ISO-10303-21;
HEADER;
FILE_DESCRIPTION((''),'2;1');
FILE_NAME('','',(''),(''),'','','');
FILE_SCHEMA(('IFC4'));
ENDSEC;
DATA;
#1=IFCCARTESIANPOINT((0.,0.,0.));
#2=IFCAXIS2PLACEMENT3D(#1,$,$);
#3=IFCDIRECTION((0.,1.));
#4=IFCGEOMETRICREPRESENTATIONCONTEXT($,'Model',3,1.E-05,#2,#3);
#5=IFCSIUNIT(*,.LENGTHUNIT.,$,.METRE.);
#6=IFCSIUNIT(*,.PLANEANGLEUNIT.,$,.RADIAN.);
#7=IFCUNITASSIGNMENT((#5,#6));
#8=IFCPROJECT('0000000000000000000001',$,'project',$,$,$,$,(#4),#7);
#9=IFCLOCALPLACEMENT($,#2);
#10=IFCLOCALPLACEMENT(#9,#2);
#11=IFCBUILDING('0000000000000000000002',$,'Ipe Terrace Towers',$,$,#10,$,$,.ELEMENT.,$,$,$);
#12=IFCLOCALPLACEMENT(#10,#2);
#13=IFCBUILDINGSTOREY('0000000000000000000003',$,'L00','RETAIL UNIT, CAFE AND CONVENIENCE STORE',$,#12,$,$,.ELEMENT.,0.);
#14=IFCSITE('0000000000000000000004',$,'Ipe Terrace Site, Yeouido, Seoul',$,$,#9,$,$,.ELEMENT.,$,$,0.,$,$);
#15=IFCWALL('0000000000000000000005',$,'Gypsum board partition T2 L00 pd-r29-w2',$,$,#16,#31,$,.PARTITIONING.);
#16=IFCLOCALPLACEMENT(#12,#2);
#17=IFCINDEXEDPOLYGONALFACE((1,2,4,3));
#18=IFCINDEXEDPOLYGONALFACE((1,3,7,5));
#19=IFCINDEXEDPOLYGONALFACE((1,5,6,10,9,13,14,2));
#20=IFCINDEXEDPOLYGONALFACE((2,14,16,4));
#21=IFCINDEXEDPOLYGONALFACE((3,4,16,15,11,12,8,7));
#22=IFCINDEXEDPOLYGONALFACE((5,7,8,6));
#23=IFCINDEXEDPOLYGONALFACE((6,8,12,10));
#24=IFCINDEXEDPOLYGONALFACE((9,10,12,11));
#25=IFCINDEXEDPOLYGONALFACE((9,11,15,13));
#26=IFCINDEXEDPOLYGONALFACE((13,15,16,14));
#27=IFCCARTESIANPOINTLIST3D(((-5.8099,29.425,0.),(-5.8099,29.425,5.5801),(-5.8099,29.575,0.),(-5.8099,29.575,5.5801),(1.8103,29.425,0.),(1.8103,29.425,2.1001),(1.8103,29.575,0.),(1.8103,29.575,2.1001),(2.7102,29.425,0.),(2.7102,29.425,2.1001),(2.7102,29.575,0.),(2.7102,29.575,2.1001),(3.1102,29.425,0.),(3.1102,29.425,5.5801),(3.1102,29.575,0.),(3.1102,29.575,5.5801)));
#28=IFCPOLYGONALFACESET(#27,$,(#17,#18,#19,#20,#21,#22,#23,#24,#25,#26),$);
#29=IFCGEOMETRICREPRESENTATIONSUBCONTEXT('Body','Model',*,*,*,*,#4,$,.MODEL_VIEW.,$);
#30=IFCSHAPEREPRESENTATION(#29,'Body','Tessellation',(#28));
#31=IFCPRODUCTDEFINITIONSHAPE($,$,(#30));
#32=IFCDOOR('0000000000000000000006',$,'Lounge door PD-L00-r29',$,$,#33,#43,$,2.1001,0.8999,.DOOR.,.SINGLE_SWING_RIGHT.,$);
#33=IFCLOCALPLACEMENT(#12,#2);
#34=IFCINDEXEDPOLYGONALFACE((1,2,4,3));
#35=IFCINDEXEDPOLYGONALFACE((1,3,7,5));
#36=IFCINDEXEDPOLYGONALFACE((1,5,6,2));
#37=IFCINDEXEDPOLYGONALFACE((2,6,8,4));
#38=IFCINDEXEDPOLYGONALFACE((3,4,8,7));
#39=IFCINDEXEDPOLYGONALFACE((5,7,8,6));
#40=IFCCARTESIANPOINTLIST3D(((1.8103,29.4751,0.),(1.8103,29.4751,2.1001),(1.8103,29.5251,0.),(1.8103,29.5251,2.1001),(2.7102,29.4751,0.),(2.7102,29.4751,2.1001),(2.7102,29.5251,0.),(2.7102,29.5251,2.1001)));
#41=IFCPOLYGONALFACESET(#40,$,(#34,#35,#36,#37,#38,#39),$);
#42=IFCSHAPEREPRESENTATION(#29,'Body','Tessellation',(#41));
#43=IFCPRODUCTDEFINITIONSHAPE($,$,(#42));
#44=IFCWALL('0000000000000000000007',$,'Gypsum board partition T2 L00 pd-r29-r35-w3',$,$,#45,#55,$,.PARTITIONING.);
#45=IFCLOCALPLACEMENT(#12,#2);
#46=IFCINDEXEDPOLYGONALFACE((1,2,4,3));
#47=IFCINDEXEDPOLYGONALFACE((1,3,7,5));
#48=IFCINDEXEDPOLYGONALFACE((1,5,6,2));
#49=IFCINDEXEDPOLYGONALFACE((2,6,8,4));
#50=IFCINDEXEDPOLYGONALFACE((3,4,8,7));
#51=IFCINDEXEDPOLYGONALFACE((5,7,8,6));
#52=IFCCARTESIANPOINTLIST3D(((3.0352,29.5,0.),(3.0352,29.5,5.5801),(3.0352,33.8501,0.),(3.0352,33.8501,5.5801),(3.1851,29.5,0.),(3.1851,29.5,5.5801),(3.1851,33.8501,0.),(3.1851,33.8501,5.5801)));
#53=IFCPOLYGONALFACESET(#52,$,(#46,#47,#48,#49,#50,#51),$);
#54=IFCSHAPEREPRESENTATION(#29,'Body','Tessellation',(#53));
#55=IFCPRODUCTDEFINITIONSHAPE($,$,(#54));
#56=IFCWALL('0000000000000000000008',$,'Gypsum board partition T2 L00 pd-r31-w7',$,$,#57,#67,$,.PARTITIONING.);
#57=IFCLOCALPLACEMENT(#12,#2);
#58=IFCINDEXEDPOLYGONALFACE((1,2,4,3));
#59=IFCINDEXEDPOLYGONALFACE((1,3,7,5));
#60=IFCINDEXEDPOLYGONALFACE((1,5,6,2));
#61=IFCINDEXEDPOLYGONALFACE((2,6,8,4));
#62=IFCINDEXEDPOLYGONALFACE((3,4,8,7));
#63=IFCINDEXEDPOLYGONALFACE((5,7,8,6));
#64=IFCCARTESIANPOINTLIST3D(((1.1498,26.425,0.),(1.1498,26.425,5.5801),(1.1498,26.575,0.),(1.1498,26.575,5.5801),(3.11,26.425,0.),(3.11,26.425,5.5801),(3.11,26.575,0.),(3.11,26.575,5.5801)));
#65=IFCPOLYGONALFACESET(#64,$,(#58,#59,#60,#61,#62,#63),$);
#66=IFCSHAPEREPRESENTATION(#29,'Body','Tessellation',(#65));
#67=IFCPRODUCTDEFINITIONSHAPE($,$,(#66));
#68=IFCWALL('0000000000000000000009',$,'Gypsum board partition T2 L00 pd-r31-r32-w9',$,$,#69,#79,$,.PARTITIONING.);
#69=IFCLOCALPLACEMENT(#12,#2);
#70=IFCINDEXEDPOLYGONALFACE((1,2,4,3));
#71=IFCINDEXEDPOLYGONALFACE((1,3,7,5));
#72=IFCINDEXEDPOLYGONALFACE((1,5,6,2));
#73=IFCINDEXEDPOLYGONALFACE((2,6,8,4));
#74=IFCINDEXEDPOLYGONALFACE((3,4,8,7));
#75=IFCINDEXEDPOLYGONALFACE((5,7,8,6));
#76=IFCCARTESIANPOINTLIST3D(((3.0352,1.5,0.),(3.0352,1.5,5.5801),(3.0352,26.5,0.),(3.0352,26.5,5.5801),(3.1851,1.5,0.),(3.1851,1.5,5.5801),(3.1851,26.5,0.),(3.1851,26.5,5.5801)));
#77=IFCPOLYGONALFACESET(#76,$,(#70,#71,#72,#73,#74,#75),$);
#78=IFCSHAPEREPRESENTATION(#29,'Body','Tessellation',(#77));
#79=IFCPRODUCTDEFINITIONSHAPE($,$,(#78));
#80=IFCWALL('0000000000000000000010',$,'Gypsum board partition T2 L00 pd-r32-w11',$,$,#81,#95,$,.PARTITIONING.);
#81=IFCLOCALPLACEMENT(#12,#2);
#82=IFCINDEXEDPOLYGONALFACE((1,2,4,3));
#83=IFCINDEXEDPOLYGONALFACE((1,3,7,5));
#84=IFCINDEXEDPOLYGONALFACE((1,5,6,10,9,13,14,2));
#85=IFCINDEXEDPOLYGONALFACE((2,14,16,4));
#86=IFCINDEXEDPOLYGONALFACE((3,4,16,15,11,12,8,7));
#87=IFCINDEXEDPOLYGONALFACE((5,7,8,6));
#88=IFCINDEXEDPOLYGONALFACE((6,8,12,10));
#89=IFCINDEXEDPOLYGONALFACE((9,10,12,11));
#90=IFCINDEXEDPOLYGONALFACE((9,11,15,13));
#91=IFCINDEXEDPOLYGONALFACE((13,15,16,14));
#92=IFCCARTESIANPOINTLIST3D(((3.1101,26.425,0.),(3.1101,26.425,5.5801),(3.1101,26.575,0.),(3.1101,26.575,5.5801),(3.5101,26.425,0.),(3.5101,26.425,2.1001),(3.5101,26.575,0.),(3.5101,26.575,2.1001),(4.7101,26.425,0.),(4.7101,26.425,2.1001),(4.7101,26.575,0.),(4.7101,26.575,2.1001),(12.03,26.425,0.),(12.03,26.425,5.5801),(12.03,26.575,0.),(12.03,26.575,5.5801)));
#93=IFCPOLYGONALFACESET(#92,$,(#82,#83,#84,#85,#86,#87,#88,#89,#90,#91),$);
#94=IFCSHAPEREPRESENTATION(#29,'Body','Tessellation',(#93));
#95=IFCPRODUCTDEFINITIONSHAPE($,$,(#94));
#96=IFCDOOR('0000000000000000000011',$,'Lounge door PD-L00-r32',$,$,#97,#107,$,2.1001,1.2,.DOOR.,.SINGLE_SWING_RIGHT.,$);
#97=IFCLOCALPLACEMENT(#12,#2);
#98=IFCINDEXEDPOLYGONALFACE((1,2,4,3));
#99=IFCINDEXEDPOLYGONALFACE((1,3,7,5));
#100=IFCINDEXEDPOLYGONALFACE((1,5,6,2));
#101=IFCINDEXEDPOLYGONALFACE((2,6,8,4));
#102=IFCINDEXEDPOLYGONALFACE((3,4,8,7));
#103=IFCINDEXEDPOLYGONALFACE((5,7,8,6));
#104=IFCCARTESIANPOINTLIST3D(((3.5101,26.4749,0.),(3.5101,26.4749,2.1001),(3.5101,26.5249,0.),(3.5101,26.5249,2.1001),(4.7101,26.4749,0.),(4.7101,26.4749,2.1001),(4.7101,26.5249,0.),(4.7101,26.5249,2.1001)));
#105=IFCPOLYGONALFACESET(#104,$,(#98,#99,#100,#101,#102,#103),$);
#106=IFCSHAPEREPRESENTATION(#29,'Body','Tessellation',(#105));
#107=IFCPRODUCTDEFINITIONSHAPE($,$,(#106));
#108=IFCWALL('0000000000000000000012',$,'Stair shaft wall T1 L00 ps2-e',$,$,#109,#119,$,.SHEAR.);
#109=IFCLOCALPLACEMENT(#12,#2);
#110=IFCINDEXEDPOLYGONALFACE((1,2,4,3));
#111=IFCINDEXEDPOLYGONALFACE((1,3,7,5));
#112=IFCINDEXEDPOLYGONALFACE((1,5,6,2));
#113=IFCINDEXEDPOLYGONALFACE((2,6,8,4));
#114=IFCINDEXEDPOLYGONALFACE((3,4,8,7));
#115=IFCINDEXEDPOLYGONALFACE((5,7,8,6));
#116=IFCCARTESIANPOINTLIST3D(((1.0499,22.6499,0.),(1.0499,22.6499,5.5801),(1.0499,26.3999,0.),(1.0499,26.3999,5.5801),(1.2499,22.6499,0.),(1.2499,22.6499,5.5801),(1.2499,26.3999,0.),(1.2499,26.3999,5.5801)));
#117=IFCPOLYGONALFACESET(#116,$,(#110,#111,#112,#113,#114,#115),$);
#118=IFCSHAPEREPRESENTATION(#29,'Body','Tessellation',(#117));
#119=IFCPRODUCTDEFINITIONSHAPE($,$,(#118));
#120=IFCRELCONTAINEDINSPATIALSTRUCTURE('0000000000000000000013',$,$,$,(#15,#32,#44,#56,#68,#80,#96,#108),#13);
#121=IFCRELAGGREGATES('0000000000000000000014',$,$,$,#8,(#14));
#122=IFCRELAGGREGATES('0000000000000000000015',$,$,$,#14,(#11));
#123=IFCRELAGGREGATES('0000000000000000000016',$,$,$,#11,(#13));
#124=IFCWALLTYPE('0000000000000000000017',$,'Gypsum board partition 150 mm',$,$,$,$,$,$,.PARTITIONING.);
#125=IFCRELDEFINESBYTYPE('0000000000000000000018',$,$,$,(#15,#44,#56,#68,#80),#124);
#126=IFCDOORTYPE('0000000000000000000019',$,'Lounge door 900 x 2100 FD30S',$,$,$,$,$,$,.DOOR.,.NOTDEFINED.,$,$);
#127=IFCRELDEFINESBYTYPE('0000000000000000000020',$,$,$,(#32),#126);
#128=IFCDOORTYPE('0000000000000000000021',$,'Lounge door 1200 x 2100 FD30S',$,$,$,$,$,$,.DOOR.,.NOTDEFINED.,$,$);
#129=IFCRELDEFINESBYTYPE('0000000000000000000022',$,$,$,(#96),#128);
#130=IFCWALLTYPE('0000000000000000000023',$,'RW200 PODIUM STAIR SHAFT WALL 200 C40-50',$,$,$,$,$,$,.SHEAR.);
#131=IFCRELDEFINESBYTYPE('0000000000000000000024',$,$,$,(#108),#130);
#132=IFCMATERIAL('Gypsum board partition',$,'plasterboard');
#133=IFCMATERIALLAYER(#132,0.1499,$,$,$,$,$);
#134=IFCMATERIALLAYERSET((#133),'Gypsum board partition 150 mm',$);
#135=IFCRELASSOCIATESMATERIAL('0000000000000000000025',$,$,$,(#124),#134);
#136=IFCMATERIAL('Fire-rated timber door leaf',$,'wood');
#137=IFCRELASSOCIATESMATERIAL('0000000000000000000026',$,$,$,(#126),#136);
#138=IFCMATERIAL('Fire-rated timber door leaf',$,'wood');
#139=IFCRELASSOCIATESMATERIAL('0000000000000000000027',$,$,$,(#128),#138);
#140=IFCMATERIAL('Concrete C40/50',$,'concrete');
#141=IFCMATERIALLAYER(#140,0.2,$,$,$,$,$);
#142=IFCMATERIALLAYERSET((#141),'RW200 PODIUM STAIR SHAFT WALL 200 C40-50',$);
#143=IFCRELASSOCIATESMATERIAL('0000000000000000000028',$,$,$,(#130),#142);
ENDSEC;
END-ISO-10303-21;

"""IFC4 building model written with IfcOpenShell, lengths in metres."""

from ifc_helpers import new_model, si_unit, direction, frame, frame_2d, origin, place, context, subcontext, project, spatial, rectangle, extrude, material, layer, layer_set, type_object, element, fill, save


model = new_model("IFC4")

# Units and contexts
model_context = context("Model", 3, precision=1e-05, world=origin(), true_north=direction((0.0, 1.0)))
body_context = subcontext(model_context, "Body", "Model", "MODEL_VIEW")
ifc_project = project(units=[si_unit("LENGTHUNIT", "METRE"), si_unit("PLANEANGLEUNIT", "RADIAN")], contexts=[model_context])

# Site, building, storey
site_placement = place(None, origin())
site = spatial("IfcSite", under=ifc_project, at=site_placement, Name="Ipe Terrace Site, Yeouido, Seoul", CompositionType="ELEMENT", RefElevation=0.0)
building_placement = place(site_placement, origin())
building = spatial("IfcBuilding", under=site, at=building_placement, Name="Ipe Terrace Towers", CompositionType="ELEMENT")
storey_placement = place(building_placement, origin())
storey = spatial("IfcBuildingStorey", under=building, at=storey_placement, Name="L00", Description="RETAIL UNIT, CAFE AND CONVENIENCE STORE", CompositionType="ELEMENT", Elevation=0.0)

# Wall, opening, door
ifc_material_1 = material(Name="Gypsum board partition", Category="plasterboard")
ifc_layer_1 = layer(ifc_material_1, 0.1499)
ifc_layer_set_1 = layer_set([ifc_layer_1], Name="Gypsum board partition 150 mm")
wall_type_1 = type_object("IfcWallType", Name="Gypsum board partition 150 mm", PredefinedType="PARTITIONING", material=ifc_layer_set_1)
wall_1_placement = place(storey_placement, frame((3.1101, 29.5, 0.0), z_axis=(0.0, 0.0, 1.0), x_axis=(-1.0, 0.0, 0.0)))
wall_1 = element("IfcWall", 1, at=wall_1_placement, inside=storey, type_object=wall_type_1, Name="Gypsum board partition T2 L00 pd-r29-w2", PredefinedType="PARTITIONING", context=body_context, shape_type="SweptSolid", body=[
    extrude(rectangle(XDim=8.9202, YDim=0.1499, at=frame_2d((4.46, 0.0))), origin(), (0.0, 0.0, 1.0), 5.5801),
])
opening_1_placement = place(wall_1_placement, frame((0.3999, 0.0, 0.0)))
opening_1 = element("IfcOpeningElement", 2, at=opening_1_placement, cuts=wall_1, PredefinedType="OPENING", context=body_context, shape_type="SweptSolid", body=[
    extrude(rectangle(XDim=0.8999, YDim=2.1001, at=frame_2d((0.45, 1.05))), frame((0.0, 0.085, 0.0), z_axis=(0.0, -1.0, 0.0), x_axis=(1.0, 0.0, 0.0)), (0.0, 0.0, 1.0), 0.1699),
])
ifc_material_2 = material(Name="Fire-rated timber door leaf", Category="wood")
door_type_1 = type_object("IfcDoorType", Name="Lounge door 900 x 2100 FD30S", OperationType="NOTDEFINED", PredefinedType="DOOR", material=ifc_material_2)
door_1_placement = place(opening_1_placement, origin())
door_1 = element("IfcDoor", 3, at=door_1_placement, inside=storey, type_object=door_type_1, Name="Lounge door PD-L00-r29", OperationType="SINGLE_SWING_RIGHT", OverallHeight=2.1001, OverallWidth=0.8999, PredefinedType="DOOR", context=body_context, shape_type="SweptSolid", body=[
    extrude(rectangle(XDim=0.8999, YDim=2.1001, at=frame_2d((0.45, 1.05))), frame((0.0, 0.0249, 0.0), z_axis=(0.0, -1.0, 0.0), x_axis=(1.0, 0.0, 0.0)), (0.0, 0.0, 1.0), 0.05),
])
fill(opening_1, door_1)

# Walls
wall_2_placement = place(storey_placement, frame((3.1101, 33.8501, 0.0), z_axis=(0.0, 0.0, 1.0), x_axis=(0.0, -1.0, 0.0)))
element("IfcWall", 4, at=wall_2_placement, inside=storey, type_object=wall_type_1, Name="Gypsum board partition T2 L00 pd-r29-r35-w3", PredefinedType="PARTITIONING", context=body_context, shape_type="SweptSolid", body=[
    extrude(rectangle(XDim=4.3501, YDim=0.1499, at=frame_2d((2.175, 0.0))), origin(), (0.0, 0.0, 1.0), 5.5801),
])
wall_3_placement = place(storey_placement, frame((1.1499, 26.5, 0.0), z_axis=(0.0, 0.0, 1.0), x_axis=(1.0, 0.0, 0.0)))
element("IfcWall", 5, at=wall_3_placement, inside=storey, type_object=wall_type_1, Name="Gypsum board partition T2 L00 pd-r31-w7", PredefinedType="PARTITIONING", context=body_context, shape_type="SweptSolid", body=[
    extrude(rectangle(XDim=1.9602, YDim=0.1499, at=frame_2d((0.98, 0.0))), origin(), (0.0, 0.0, 1.0), 5.5801),
])
wall_4_placement = place(storey_placement, frame((3.1101, 26.5, 0.0), z_axis=(0.0, 0.0, 1.0), x_axis=(0.0, -1.0, 0.0)))
element("IfcWall", 6, at=wall_4_placement, inside=storey, type_object=wall_type_1, Name="Gypsum board partition T2 L00 pd-r31-r32-w9", PredefinedType="PARTITIONING", context=body_context, shape_type="SweptSolid", body=[
    extrude(rectangle(XDim=25.0, YDim=0.1499, at=frame_2d((12.5, 0.0))), origin(), (0.0, 0.0, 1.0), 5.5801),
])

# Wall, opening, door
wall_5_placement = place(storey_placement, frame((3.1101, 26.5, 0.0), z_axis=(0.0, 0.0, 1.0), x_axis=(1.0, 0.0, 0.0)))
wall_5 = element("IfcWall", 7, at=wall_5_placement, inside=storey, type_object=wall_type_1, Name="Gypsum board partition T2 L00 pd-r32-w11", PredefinedType="PARTITIONING", context=body_context, shape_type="SweptSolid", body=[
    extrude(rectangle(XDim=8.9199, YDim=0.1499, at=frame_2d((4.46, 0.0))), origin(), (0.0, 0.0, 1.0), 5.5801),
])
opening_2_placement = place(wall_5_placement, frame((0.3999, 0.0, 0.0)))
opening_2 = element("IfcOpeningElement", 8, at=opening_2_placement, cuts=wall_5, PredefinedType="OPENING", context=body_context, shape_type="SweptSolid", body=[
    extrude(rectangle(XDim=1.2, YDim=2.1001, at=frame_2d((0.6001, 1.05))), frame((0.0, 0.085, 0.0), z_axis=(0.0, -1.0, 0.0), x_axis=(1.0, 0.0, 0.0)), (0.0, 0.0, 1.0), 0.1699),
])
ifc_material_3 = material(Name="Fire-rated timber door leaf", Category="wood")
door_type_2 = type_object("IfcDoorType", Name="Lounge door 1200 x 2100 FD30S", OperationType="NOTDEFINED", PredefinedType="DOOR", material=ifc_material_3)
door_2_placement = place(opening_2_placement, origin())
door_2 = element("IfcDoor", 9, at=door_2_placement, inside=storey, type_object=door_type_2, Name="Lounge door PD-L00-r32", OperationType="SINGLE_SWING_RIGHT", OverallHeight=2.1001, OverallWidth=1.2, PredefinedType="DOOR", context=body_context, shape_type="SweptSolid", body=[
    extrude(rectangle(XDim=1.2, YDim=2.1001, at=frame_2d((0.6001, 1.05))), frame((0.0, 0.0249, 0.0), z_axis=(0.0, -1.0, 0.0), x_axis=(1.0, 0.0, 0.0)), (0.0, 0.0, 1.0), 0.05),
])
fill(opening_2, door_2)

# Wall
ifc_material_4 = material(Name="Concrete C40/50", Category="concrete")
ifc_layer_2 = layer(ifc_material_4, 0.2)
ifc_layer_set_2 = layer_set([ifc_layer_2], Name="RW200 PODIUM STAIR SHAFT WALL 200 C40-50")
wall_type_2 = type_object("IfcWallType", Name="RW200 PODIUM STAIR SHAFT WALL 200 C40-50", PredefinedType="SHEAR", material=ifc_layer_set_2)
wall_6_placement = place(storey_placement, frame((1.1499, 22.6499, 0.0), z_axis=(0.0, 0.0, 1.0), x_axis=(0.0, 1.0, 0.0)))
element("IfcWall", 10, at=wall_6_placement, inside=storey, type_object=wall_type_2, Name="Stair shaft wall T1 L00 ps2-e", PredefinedType="SHEAR", context=body_context, shape_type="SweptSolid", body=[
    extrude(rectangle(XDim=3.75, YDim=0.2, at=frame_2d((1.875, 0.0))), origin(), (0.0, 0.0, 1.0), 5.5801),
])

save(model, "model.ifc")
